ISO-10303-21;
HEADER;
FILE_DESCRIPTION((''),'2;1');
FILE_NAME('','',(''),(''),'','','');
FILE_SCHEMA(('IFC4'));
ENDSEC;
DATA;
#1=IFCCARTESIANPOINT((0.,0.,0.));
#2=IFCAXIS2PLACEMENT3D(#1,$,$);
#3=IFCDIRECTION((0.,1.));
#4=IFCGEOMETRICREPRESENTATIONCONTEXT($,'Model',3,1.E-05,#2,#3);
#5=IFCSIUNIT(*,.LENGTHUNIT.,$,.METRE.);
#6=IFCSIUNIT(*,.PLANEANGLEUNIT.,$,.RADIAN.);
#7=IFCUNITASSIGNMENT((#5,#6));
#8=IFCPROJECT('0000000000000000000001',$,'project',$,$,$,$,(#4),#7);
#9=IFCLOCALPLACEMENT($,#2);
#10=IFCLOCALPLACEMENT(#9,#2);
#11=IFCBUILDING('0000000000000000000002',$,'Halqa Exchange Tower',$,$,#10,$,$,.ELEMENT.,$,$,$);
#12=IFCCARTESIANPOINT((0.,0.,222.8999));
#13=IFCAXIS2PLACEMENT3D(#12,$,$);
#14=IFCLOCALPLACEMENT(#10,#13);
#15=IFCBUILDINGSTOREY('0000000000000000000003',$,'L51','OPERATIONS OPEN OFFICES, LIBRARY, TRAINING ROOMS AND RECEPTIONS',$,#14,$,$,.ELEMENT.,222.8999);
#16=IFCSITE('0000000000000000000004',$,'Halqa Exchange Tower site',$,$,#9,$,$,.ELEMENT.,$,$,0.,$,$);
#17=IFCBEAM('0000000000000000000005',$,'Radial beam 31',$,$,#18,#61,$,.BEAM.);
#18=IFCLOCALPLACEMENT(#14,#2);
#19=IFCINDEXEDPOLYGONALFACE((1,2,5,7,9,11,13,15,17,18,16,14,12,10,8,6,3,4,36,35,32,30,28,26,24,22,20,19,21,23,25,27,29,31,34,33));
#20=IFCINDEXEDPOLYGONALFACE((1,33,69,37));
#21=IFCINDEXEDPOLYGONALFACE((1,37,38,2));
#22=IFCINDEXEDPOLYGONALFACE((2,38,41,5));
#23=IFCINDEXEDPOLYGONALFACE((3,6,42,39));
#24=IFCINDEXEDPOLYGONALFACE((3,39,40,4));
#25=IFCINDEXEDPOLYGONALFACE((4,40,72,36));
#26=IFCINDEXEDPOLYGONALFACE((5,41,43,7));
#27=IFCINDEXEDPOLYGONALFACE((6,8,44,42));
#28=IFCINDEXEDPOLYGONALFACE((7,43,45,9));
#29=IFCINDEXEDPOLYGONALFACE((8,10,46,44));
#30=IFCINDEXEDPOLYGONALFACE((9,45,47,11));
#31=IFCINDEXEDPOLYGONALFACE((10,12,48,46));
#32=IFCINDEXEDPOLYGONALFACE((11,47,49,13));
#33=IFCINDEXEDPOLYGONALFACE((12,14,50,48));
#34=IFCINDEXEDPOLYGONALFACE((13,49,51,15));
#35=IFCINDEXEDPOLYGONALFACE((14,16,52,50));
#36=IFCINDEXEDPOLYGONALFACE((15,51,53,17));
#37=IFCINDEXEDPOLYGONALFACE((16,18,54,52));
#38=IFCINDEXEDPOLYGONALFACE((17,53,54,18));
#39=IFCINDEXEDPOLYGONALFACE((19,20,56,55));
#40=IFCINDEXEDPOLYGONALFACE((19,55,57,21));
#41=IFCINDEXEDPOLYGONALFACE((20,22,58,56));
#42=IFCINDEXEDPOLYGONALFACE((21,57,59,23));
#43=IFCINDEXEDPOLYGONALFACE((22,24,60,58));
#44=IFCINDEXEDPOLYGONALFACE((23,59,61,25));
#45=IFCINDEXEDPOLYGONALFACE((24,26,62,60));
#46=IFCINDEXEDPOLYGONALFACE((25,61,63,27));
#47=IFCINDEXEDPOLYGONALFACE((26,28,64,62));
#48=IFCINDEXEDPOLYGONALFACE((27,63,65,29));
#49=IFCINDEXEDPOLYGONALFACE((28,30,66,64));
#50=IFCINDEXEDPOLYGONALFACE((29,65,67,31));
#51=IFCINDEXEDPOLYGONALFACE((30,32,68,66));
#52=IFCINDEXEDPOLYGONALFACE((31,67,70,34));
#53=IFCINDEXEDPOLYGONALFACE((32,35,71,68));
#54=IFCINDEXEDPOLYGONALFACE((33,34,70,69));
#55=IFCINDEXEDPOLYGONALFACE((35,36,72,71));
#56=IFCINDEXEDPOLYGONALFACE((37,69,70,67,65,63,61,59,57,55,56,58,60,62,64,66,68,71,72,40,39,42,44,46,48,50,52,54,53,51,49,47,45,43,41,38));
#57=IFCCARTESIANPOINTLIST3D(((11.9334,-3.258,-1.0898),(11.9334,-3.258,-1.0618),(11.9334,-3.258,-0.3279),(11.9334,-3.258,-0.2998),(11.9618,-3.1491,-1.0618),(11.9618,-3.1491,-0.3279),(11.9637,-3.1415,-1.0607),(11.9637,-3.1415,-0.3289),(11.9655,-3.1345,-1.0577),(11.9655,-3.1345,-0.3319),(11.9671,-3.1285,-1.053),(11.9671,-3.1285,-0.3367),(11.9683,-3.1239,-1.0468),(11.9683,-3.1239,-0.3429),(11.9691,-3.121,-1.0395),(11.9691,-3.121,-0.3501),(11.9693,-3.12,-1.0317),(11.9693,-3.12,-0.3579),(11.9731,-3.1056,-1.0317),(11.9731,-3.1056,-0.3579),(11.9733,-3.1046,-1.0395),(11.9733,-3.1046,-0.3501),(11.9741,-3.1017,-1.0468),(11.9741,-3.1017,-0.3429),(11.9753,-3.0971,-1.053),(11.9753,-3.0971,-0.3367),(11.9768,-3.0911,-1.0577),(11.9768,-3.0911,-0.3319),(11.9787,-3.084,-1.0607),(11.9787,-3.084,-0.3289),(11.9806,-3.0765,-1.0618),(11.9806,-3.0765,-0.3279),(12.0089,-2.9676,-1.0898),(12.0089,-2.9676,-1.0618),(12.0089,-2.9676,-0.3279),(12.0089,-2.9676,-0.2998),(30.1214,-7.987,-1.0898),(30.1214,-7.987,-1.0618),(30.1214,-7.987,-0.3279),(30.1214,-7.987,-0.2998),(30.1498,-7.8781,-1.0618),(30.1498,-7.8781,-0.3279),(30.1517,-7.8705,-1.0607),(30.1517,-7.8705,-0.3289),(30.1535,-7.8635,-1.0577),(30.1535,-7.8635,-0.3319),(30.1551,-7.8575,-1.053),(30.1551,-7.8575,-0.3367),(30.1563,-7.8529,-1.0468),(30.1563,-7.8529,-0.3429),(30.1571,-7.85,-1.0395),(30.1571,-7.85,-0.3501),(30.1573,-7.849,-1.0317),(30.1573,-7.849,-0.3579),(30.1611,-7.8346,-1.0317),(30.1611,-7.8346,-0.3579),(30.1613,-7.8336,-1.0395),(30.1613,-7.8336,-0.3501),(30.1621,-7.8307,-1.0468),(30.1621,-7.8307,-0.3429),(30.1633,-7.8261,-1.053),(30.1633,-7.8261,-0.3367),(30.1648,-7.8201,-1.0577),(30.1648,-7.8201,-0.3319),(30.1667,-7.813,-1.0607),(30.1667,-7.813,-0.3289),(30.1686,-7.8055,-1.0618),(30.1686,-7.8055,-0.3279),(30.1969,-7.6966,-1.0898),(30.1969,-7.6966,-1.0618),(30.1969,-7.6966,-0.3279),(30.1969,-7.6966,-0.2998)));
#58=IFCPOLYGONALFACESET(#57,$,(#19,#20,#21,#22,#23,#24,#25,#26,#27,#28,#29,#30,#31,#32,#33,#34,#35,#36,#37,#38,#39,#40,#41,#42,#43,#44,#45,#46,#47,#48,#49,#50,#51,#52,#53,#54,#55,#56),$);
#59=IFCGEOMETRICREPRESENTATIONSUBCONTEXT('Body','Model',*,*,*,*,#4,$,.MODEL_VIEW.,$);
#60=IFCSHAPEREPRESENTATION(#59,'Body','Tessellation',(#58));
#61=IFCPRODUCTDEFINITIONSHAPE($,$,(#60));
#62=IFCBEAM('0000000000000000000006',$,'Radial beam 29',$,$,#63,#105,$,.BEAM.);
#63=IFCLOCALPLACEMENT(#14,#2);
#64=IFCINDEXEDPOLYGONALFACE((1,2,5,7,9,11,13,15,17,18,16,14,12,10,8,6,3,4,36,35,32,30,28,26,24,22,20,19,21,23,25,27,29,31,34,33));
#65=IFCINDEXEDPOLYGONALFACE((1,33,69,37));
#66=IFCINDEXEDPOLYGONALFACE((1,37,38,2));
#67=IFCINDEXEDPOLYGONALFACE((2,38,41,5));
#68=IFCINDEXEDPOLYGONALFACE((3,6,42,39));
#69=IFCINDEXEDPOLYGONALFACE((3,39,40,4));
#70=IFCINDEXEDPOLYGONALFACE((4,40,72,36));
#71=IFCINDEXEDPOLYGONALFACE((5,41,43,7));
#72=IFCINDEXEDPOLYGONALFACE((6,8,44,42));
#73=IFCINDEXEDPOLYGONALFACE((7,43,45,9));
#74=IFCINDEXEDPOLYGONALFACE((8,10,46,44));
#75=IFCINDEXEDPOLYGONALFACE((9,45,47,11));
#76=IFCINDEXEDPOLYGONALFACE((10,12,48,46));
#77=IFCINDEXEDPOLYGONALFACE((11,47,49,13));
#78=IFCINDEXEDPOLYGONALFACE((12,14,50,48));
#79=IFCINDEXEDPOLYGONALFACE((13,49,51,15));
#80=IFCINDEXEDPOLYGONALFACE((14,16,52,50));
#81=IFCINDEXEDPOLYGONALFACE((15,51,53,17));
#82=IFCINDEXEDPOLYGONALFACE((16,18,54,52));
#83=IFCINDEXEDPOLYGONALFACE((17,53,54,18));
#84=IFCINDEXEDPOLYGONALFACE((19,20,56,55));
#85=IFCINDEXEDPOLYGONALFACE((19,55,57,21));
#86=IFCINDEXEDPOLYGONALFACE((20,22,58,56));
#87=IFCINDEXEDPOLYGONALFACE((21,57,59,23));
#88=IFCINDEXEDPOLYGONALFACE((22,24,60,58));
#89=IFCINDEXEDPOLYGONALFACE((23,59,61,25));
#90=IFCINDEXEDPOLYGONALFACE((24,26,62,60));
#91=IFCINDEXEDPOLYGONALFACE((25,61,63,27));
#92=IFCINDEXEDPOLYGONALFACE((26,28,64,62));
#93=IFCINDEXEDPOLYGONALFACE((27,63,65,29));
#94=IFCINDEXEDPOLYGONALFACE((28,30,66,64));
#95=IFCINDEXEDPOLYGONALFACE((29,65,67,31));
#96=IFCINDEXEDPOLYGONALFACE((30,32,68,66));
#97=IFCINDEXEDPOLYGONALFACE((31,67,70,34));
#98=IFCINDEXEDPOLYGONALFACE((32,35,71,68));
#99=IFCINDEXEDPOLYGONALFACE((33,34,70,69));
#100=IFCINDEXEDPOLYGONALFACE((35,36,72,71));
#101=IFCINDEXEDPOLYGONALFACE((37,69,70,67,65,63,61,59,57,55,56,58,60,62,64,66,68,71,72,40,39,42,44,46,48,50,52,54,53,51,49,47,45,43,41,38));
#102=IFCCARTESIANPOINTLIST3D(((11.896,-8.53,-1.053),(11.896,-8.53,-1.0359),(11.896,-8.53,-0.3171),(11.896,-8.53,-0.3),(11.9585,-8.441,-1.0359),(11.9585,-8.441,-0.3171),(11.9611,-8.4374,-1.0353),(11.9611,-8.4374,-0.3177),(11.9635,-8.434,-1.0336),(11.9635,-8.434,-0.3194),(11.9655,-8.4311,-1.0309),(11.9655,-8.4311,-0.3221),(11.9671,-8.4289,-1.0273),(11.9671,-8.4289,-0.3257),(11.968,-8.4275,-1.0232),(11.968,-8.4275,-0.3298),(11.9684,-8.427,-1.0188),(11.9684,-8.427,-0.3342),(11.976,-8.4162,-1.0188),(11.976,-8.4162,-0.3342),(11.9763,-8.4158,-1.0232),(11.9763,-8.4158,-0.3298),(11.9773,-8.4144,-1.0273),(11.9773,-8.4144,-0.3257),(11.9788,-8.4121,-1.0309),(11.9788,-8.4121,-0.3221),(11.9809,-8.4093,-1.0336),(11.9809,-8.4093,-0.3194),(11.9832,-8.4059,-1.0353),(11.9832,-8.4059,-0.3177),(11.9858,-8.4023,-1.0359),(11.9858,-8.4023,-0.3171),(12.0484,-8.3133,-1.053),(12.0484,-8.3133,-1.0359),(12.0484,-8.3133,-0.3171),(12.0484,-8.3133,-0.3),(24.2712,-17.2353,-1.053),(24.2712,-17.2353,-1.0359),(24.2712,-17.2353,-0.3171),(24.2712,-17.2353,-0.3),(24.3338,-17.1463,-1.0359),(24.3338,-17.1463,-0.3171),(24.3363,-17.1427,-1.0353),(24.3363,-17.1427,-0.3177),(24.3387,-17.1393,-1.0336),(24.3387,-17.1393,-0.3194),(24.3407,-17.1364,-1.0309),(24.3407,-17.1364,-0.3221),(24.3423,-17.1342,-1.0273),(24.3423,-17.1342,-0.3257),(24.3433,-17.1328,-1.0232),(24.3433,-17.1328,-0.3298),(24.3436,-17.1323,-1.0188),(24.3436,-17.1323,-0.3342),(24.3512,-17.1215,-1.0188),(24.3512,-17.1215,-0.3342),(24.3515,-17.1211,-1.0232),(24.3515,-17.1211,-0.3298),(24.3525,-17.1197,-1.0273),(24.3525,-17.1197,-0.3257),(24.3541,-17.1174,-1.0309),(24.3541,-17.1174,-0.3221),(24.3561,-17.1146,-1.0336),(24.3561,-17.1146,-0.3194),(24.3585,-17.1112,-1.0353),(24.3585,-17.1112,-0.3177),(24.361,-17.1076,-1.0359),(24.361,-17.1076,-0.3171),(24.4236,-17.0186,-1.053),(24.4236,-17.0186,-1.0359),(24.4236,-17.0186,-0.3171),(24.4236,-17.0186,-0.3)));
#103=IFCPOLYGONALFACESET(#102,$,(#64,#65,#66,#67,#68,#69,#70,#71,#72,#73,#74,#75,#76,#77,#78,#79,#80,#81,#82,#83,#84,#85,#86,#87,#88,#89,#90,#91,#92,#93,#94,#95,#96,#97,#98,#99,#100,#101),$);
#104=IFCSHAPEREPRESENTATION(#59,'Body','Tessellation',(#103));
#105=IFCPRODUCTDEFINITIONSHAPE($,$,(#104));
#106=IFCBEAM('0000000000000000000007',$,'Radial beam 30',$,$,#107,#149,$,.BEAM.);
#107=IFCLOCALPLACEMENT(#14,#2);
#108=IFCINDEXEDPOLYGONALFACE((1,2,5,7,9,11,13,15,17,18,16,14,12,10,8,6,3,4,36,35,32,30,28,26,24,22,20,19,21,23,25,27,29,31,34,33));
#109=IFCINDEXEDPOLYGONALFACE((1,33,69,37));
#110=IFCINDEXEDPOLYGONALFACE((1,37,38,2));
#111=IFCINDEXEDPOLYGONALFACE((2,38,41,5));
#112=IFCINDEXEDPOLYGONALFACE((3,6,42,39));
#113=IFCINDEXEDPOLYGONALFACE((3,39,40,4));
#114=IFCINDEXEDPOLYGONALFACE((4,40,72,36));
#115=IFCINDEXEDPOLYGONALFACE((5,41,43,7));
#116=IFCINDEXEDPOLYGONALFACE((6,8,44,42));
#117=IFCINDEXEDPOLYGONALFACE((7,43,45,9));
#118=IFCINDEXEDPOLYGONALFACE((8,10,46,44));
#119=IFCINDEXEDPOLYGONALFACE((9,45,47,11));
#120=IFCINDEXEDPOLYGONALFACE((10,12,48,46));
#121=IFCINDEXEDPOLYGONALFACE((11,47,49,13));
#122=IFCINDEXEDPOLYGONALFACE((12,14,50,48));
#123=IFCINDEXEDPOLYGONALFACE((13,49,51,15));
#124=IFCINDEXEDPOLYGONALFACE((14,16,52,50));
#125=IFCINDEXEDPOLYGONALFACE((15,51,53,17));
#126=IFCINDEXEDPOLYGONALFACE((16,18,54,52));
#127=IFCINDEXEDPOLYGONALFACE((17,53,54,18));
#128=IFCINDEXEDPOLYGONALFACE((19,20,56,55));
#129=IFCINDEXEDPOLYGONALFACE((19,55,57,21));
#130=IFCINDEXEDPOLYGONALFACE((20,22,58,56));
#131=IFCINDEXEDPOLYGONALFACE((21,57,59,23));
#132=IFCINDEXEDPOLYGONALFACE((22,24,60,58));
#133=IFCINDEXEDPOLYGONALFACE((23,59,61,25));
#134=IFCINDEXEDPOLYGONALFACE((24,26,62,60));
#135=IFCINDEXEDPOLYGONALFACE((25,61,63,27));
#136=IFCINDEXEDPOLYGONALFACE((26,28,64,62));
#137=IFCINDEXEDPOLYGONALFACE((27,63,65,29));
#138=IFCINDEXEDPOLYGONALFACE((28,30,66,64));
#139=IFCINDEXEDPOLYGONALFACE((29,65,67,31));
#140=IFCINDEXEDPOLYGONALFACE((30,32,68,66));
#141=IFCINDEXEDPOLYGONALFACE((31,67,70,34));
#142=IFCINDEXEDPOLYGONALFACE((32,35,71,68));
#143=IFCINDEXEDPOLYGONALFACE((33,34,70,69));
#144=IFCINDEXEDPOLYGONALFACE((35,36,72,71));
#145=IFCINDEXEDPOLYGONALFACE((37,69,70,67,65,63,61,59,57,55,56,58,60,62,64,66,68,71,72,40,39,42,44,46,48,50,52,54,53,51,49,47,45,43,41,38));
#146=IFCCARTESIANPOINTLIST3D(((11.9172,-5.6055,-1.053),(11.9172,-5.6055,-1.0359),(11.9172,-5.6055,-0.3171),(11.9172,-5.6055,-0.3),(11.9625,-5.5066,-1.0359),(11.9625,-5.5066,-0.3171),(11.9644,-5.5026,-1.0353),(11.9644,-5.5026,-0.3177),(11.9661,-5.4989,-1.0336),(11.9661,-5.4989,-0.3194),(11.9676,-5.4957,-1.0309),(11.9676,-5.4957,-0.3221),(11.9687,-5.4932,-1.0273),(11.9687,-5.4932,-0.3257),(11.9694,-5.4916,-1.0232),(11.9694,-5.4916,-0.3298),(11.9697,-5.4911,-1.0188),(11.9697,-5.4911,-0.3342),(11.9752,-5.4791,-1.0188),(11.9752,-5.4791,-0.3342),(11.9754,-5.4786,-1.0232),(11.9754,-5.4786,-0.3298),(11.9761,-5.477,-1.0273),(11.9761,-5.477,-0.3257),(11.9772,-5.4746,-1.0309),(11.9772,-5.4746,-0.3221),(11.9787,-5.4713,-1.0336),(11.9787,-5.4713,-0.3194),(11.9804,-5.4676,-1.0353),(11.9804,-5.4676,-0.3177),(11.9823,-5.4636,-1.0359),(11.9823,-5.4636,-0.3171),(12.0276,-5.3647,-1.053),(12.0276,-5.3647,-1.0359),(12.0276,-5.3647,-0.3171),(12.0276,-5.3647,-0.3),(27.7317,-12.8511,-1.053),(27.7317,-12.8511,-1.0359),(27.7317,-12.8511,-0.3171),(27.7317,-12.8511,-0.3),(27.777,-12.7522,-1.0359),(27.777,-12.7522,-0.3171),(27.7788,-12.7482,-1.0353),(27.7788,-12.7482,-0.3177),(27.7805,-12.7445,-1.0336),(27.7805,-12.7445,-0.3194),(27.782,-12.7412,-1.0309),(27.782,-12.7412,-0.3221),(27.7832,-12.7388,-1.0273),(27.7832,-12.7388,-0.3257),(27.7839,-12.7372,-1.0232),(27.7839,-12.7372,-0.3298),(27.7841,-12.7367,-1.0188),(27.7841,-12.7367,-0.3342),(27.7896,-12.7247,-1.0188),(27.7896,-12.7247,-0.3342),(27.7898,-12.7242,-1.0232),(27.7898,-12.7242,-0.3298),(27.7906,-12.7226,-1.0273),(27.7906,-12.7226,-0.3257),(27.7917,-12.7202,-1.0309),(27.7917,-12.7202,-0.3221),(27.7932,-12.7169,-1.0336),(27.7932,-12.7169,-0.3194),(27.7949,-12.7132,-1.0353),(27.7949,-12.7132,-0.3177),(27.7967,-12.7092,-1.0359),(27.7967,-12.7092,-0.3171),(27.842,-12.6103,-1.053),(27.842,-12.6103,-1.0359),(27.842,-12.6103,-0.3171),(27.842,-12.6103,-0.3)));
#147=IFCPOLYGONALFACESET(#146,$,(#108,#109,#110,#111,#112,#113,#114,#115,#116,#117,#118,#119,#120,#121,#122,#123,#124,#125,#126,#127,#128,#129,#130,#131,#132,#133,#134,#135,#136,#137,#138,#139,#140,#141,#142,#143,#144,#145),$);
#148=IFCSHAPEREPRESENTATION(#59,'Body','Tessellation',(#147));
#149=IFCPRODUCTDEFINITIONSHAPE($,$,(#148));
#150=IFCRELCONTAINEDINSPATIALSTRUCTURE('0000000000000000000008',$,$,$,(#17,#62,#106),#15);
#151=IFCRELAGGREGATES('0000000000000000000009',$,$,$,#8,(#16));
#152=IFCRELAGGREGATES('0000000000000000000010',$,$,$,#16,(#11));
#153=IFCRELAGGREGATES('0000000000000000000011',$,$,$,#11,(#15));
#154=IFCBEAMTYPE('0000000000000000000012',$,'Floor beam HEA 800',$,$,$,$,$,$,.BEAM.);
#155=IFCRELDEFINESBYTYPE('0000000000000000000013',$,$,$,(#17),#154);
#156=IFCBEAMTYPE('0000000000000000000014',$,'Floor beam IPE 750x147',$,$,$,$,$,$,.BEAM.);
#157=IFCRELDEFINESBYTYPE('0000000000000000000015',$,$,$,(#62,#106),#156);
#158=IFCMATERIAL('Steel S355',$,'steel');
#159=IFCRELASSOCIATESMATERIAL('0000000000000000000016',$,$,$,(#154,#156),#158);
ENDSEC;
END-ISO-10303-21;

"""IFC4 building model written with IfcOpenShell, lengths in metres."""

from ifc_helpers import new_model, si_unit, direction, frame, origin, origin_2d, place, context, subcontext, project, spatial, i_section, extrude, material, material_profile, profile_set, type_object, element, save


model = new_model("IFC4")

# Units and contexts
model_context = context("Model", 3, precision=1e-05, world=origin(), true_north=direction((0.0, 1.0)))
body_context = subcontext(model_context, "Body", "Model", "MODEL_VIEW")
ifc_project = project(units=[si_unit("LENGTHUNIT", "METRE"), si_unit("PLANEANGLEUNIT", "RADIAN")], contexts=[model_context])

# Site, building, storey
site_placement = place(None, origin())
site = spatial("IfcSite", under=ifc_project, at=site_placement, Name="Halqa Exchange Tower site", CompositionType="ELEMENT", RefElevation=0.0)
building_placement = place(site_placement, origin())
building = spatial("IfcBuilding", under=site, at=building_placement, Name="Halqa Exchange Tower", CompositionType="ELEMENT")
storey_placement = place(building_placement, frame((0.0, 0.0, 222.8999)))
storey = spatial("IfcBuildingStorey", under=building, at=storey_placement, Name="L51", Description="OPERATIONS OPEN OFFICES, LIBRARY, TRAINING ROOMS AND RECEPTIONS", CompositionType="ELEMENT", Elevation=222.8999)

# Beams
ifc_material_1 = material(Name="Steel S355", Category="steel")
ifc_material_profile_1 = material_profile(ifc_material_1, i_section(OverallWidth=0.3, OverallDepth=0.79, WebThickness=0.0149, FlangeThickness=0.0281, FilletRadius=0.03, at=origin_2d()), Name="HEA 800")
ifc_profile_set_1 = profile_set([ifc_material_profile_1], Name="Steel S355")
beam_type_1 = type_object("IfcBeamType", Name="Floor beam HEA 800", PredefinedType="BEAM", material=ifc_profile_set_1)
beam_1_placement = place(storey_placement, frame((11.9712, -3.1128, -0.6948), z_axis=(0.967821, -0.25164, 0.0), x_axis=(0.25164, 0.967821, 0.0)))
element("IfcBeam", 1, at=beam_1_placement, inside=storey, type_object=beam_type_1, Name="Radial beam 31", PredefinedType="BEAM", context=body_context, shape_type="SweptSolid", body=[
    extrude(i_section(OverallWidth=0.3, OverallDepth=0.79, WebThickness=0.0149, FlangeThickness=0.0281, FilletRadius=0.03, at=origin_2d()), origin(), (0.0, 0.0, 1.0), 18.7927),
])
ifc_material_profile_2 = material_profile(ifc_material_1, i_section(OverallWidth=0.2649, OverallDepth=0.7529, WebThickness=0.0132, FlangeThickness=0.0171, FilletRadius=0.0171, at=origin_2d()), Name="IPE 750x147")
ifc_profile_set_2 = profile_set([ifc_material_profile_2], Name="Steel S355")
beam_type_2 = type_object("IfcBeamType", Name="Floor beam IPE 750x147", PredefinedType="BEAM", material=ifc_profile_set_2)
beam_2_placement = place(storey_placement, frame((11.9722, -8.4216, -0.6765), z_axis=(0.817905, -0.575353, 0.0), x_axis=(0.575353, 0.817905, 0.0)))
element("IfcBeam", 2, at=beam_2_placement, inside=storey, type_object=beam_type_2, Name="Radial beam 29", PredefinedType="BEAM", context=body_context, shape_type="SweptSolid", body=[
    extrude(i_section(OverallWidth=0.2649, OverallDepth=0.7529, WebThickness=0.0132, FlangeThickness=0.0171, FilletRadius=0.0171, at=origin_2d()), origin(), (0.0, 0.0, 1.0), 15.1304),
])
beam_3_placement = place(storey_placement, frame((11.9724, -5.4851, -0.6765), z_axis=(0.909123, -0.416527, 0.0), x_axis=(0.416527, 0.909123, 0.0)))
element("IfcBeam", 3, at=beam_3_placement, inside=storey, type_object=beam_type_2, Name="Radial beam 30", PredefinedType="BEAM", context=body_context, shape_type="SweptSolid", body=[
    extrude(i_section(OverallWidth=0.2649, OverallDepth=0.7529, WebThickness=0.0132, FlangeThickness=0.0171, FilletRadius=0.0171, at=origin_2d()), origin(), (0.0, 0.0, 1.0), 17.3953),
])

save(model, "model.ifc")
